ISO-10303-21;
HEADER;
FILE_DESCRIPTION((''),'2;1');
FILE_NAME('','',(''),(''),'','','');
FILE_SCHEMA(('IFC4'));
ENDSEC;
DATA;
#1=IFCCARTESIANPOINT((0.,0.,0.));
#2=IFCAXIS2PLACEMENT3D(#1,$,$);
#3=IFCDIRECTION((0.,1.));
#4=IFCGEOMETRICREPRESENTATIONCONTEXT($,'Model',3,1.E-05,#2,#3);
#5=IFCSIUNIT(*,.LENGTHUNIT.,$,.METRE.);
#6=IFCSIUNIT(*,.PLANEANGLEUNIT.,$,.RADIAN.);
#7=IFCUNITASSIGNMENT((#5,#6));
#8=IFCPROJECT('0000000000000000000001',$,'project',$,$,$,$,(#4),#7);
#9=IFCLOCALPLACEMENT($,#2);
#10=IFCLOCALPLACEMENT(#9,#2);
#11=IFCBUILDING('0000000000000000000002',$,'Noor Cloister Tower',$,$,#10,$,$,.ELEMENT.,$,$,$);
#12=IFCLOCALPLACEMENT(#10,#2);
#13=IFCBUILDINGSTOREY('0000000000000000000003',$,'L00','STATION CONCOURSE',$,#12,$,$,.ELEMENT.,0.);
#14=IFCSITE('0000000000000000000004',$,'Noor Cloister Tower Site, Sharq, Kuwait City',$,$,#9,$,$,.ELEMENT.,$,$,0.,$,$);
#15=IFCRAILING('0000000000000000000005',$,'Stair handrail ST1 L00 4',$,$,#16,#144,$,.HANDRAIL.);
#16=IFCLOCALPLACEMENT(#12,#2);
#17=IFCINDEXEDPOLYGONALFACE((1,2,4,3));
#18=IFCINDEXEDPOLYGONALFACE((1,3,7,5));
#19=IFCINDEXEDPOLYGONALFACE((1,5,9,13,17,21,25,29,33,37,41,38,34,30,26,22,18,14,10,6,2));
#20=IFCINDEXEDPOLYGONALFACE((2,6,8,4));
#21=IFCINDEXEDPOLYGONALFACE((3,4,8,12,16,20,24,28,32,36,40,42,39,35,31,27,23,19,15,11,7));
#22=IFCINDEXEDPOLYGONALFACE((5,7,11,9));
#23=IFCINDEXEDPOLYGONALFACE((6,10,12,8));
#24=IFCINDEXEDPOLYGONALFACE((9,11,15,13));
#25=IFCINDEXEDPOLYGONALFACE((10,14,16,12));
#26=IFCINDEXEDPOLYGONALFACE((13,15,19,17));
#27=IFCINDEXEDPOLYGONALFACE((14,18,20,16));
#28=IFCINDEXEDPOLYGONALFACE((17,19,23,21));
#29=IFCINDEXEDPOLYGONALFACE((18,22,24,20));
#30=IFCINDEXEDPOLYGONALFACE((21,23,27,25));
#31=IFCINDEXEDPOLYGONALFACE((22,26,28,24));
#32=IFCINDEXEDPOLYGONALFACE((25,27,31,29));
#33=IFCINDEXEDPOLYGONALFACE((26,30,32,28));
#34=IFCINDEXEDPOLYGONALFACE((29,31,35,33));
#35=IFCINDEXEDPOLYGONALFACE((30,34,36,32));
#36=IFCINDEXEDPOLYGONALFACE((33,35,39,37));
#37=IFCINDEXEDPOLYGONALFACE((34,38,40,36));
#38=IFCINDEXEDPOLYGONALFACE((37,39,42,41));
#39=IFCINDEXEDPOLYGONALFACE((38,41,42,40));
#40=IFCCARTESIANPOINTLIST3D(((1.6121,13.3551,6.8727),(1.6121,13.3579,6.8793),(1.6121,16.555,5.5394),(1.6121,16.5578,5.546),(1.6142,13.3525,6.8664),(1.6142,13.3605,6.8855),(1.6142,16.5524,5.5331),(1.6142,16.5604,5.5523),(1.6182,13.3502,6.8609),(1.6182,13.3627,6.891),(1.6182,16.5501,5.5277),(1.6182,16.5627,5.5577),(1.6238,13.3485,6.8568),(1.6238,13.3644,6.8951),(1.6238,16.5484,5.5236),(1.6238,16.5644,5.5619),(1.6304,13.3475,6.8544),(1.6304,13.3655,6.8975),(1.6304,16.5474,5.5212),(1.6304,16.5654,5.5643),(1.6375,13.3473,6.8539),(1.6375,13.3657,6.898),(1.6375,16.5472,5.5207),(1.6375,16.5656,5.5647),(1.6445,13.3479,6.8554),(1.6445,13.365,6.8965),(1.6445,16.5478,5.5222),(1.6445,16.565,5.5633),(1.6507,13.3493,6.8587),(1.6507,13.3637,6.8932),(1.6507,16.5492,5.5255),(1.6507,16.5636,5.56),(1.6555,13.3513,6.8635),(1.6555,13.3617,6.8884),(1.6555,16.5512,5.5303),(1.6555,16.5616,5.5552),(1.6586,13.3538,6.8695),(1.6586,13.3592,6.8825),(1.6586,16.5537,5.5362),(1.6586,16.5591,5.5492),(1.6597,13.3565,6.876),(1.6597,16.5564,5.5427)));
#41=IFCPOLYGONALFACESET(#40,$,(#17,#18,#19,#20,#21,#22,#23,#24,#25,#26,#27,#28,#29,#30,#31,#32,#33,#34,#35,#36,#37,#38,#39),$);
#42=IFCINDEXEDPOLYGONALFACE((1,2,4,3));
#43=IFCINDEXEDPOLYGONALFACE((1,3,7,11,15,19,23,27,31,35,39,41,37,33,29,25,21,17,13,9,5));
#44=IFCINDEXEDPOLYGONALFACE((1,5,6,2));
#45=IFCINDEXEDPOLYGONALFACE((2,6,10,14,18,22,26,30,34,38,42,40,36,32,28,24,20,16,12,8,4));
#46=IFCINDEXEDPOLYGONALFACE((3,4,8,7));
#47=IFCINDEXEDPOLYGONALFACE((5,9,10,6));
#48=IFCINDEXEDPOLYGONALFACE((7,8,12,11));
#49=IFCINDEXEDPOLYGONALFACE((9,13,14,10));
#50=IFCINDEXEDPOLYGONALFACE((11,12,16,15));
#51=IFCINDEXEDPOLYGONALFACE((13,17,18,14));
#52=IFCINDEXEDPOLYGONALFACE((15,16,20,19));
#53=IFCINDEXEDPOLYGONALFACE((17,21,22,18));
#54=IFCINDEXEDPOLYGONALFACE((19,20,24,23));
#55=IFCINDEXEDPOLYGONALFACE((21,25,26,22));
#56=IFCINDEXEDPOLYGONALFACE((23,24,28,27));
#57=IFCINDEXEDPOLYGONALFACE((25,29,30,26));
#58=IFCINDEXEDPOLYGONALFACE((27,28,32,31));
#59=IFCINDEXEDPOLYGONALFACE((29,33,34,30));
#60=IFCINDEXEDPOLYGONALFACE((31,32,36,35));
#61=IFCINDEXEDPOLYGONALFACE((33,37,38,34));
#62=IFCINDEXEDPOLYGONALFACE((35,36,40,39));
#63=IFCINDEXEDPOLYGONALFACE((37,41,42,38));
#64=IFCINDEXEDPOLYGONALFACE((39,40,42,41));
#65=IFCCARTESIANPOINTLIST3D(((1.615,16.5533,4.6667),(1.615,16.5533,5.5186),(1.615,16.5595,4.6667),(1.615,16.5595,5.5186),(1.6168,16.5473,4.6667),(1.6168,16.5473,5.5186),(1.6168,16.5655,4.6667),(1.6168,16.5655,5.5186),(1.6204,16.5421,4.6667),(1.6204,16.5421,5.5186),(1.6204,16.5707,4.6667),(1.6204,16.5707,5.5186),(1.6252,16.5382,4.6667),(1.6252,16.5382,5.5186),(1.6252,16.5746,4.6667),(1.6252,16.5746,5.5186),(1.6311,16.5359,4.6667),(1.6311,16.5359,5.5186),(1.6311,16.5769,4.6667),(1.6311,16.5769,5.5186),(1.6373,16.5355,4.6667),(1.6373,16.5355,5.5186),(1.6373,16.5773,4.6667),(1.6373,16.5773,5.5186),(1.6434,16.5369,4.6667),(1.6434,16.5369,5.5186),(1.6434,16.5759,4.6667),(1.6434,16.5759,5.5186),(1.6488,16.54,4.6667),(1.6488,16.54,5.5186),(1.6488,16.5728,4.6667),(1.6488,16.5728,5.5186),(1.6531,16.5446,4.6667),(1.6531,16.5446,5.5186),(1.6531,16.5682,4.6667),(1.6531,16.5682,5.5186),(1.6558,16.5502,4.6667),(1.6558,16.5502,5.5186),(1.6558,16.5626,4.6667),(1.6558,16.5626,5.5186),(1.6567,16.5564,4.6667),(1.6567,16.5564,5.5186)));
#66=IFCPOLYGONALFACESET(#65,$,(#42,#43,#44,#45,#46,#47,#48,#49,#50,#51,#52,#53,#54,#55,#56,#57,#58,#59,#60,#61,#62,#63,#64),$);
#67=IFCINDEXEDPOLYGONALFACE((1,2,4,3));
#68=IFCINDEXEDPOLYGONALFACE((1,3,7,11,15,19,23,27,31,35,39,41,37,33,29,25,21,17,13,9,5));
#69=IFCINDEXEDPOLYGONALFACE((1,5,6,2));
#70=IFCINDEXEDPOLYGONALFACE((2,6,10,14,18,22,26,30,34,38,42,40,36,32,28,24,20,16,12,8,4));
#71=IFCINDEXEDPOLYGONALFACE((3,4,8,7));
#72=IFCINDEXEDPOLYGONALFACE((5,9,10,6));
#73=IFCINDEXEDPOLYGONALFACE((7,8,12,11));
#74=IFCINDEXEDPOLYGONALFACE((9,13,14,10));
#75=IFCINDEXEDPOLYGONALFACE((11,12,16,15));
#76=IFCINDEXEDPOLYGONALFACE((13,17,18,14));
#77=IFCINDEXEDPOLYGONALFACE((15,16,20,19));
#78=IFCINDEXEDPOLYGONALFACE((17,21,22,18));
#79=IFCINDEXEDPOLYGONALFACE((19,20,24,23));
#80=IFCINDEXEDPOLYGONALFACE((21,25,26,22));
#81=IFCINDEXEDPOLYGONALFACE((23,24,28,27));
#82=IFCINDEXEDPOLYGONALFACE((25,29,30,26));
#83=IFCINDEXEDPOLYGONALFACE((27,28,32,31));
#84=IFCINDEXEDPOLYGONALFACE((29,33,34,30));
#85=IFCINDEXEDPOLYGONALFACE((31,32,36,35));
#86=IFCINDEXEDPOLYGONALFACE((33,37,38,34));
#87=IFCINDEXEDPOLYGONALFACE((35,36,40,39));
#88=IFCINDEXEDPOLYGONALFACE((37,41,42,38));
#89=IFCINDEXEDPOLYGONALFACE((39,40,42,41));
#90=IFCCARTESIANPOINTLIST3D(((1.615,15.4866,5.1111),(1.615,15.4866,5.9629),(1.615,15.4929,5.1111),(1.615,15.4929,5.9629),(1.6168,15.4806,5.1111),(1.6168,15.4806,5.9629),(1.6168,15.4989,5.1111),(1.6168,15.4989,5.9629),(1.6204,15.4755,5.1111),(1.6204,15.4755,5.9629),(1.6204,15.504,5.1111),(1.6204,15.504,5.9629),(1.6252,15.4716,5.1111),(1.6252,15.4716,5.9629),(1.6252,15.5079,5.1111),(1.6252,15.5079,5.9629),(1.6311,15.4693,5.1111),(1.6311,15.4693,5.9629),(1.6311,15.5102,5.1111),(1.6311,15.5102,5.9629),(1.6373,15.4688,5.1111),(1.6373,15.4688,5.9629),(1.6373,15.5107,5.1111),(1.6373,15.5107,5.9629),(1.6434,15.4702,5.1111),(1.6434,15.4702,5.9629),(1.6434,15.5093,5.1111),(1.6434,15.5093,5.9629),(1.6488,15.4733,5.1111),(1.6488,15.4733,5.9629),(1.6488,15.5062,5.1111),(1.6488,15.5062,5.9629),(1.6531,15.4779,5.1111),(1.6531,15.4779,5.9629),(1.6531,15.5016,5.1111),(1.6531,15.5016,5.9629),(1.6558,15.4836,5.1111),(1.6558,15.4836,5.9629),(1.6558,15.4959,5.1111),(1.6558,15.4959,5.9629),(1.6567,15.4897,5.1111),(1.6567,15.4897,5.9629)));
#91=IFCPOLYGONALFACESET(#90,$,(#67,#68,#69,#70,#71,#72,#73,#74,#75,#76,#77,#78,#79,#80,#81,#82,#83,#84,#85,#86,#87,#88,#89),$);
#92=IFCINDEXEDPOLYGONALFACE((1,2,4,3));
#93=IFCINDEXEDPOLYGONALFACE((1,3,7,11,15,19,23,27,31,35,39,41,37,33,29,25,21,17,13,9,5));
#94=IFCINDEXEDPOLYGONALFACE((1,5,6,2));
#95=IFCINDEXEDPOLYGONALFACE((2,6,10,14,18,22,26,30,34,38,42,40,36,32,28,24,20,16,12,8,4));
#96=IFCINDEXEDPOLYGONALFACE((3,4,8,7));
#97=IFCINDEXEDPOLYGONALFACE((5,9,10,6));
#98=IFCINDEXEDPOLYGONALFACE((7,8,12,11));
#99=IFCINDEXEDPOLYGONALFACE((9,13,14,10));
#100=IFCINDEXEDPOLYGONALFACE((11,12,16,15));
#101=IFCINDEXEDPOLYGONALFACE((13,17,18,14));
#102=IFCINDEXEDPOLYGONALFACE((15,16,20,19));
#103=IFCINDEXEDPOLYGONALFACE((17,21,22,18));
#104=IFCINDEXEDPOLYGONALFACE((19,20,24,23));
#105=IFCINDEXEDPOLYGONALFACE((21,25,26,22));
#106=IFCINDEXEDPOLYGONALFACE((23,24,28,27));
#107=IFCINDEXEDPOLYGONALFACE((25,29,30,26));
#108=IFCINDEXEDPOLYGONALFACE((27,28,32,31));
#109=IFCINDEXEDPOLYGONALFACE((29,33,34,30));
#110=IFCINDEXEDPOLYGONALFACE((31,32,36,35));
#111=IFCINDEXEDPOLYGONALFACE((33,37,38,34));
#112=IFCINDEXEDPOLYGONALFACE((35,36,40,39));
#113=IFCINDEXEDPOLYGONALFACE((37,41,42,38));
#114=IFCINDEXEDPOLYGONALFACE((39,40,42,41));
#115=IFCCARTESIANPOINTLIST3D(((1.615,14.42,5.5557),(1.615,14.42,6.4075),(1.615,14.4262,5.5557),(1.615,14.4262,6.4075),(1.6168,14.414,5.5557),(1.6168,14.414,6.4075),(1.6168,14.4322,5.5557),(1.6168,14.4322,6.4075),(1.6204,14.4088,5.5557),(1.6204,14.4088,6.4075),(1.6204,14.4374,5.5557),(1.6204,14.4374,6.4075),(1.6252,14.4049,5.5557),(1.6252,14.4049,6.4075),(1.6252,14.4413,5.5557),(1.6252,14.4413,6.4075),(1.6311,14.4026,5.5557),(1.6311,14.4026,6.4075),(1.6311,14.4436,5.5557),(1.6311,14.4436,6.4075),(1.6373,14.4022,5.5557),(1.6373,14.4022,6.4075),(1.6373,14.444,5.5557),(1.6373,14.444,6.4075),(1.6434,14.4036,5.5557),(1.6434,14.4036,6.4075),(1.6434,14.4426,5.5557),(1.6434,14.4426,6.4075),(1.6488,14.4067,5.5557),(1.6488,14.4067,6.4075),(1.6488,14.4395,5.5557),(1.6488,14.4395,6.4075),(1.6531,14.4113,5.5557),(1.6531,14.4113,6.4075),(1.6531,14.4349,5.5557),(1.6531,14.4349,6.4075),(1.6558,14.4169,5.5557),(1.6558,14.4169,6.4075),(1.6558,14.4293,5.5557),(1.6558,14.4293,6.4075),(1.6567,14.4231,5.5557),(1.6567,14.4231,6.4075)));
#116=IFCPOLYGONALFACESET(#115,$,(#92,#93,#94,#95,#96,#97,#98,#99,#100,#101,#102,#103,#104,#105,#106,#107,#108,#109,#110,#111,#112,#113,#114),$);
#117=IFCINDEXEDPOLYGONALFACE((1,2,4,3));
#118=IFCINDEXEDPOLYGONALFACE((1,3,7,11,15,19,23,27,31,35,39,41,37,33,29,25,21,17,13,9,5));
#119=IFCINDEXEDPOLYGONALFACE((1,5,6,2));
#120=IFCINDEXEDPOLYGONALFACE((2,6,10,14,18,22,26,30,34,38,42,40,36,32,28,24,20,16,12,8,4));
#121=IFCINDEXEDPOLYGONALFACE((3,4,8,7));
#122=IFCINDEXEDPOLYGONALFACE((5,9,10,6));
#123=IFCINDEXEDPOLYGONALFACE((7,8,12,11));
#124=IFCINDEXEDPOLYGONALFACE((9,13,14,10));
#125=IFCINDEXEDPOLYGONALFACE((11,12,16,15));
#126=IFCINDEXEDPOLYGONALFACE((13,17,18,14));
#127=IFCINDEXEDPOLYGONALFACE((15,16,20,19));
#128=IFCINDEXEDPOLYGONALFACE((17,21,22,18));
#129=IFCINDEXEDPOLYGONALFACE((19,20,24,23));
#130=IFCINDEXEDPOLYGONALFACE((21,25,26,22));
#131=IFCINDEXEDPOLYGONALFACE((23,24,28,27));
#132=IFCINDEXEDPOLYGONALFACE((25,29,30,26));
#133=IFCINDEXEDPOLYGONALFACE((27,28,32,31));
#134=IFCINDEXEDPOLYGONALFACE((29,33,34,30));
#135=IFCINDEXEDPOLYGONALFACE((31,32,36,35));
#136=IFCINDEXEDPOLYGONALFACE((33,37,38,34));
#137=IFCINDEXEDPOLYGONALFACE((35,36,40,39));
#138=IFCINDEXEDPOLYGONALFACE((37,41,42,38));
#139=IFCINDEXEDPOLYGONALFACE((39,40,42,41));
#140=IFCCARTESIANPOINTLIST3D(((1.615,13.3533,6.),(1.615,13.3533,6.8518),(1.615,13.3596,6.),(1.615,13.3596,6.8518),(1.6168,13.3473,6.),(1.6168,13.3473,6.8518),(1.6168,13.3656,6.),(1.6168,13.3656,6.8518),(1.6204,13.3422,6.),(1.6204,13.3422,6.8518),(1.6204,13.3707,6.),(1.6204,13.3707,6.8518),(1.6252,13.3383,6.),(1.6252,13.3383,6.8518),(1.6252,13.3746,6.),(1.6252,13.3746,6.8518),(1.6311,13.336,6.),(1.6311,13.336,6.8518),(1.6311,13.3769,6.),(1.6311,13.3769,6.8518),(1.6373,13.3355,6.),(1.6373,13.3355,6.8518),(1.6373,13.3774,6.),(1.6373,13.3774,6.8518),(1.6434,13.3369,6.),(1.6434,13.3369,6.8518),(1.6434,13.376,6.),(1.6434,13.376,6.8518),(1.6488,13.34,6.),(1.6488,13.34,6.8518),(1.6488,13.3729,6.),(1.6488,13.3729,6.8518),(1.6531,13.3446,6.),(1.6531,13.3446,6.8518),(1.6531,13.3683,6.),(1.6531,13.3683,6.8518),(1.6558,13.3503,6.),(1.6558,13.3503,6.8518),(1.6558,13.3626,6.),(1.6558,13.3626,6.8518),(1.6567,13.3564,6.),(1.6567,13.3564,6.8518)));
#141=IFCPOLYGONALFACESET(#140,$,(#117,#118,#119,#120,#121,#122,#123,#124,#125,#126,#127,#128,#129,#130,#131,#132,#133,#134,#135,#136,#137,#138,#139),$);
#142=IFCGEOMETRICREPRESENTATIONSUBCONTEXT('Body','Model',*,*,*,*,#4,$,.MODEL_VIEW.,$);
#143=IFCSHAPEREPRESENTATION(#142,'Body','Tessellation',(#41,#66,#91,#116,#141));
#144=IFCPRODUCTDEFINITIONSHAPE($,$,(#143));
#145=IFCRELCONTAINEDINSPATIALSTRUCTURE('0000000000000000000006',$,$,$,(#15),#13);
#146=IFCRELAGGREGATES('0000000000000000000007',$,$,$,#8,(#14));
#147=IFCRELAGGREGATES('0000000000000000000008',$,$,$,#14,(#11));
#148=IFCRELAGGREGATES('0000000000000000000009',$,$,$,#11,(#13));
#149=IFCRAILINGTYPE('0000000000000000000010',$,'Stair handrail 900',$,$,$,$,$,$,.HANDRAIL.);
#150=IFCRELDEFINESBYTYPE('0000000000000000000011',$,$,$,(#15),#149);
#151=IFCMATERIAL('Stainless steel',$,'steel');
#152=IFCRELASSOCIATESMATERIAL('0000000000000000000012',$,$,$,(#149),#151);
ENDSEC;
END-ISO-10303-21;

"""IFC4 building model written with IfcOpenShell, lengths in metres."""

from ifc_helpers import new_model, si_unit, direction, frame, origin, origin_2d, place, context, subcontext, project, spatial, circle, extrude, material, type_object, element, save


model = new_model("IFC4")

# Units and contexts
model_context = context("Model", 3, precision=1e-05, world=origin(), true_north=direction((0.0, 1.0)))
body_context = subcontext(model_context, "Body", "Model", "MODEL_VIEW")
ifc_project = project(units=[si_unit("LENGTHUNIT", "METRE"), si_unit("PLANEANGLEUNIT", "RADIAN")], contexts=[model_context])

# Site, building, storey
site_placement = place(None, origin())
site = spatial("IfcSite", under=ifc_project, at=site_placement, Name="Noor Cloister Tower Site, Sharq, Kuwait City", CompositionType="ELEMENT", RefElevation=0.0)
building_placement = place(site_placement, origin())
building = spatial("IfcBuilding", under=site, at=building_placement, Name="Noor Cloister Tower", CompositionType="ELEMENT")
storey_placement = place(building_placement, origin())
storey = spatial("IfcBuildingStorey", under=building, at=storey_placement, Name="L00", Description="STATION CONCOURSE", CompositionType="ELEMENT", Elevation=0.0)

# Railing
ifc_material_1 = material(Name="Stainless steel", Category="steel")
railing_type_1 = type_object("IfcRailingType", Name="Stair handrail 900", PredefinedType="HANDRAIL", material=ifc_material_1)
railing_1_placement = place(storey_placement, frame((1.6357, 16.5564, 4.6667)))
element("IfcRailing", 1, at=railing_1_placement, inside=storey, type_object=railing_type_1, Name="Stair handrail ST1 L00 4", PredefinedType="HANDRAIL", context=body_context, shape_type="SweptSolid", body=[
    extrude(circle(Radius=0.0239, at=origin_2d()), frame((0.0, 0.0, 0.876), z_axis=(0.0, -0.923083, 0.3846), x_axis=(1.0, 0.0, 0.0)), (0.0, 0.0, 1.0), 3.4666),
    extrude(circle(Radius=0.021, at=origin_2d()), origin(), (0.0, 0.0, 1.0), 0.8518),
    extrude(circle(Radius=0.021, at=origin_2d()), frame((0.0, -1.0667, 0.4443)), (0.0, 0.0, 1.0), 0.8518),
    extrude(circle(Radius=0.021, at=origin_2d()), frame((0.0, -2.1333, 0.8889)), (0.0, 0.0, 1.0), 0.8518),
    extrude(circle(Radius=0.021, at=origin_2d()), frame((0.0, -3.2, 1.3333)), (0.0, 0.0, 1.0), 0.8518),
])

save(model, "model.ifc")
